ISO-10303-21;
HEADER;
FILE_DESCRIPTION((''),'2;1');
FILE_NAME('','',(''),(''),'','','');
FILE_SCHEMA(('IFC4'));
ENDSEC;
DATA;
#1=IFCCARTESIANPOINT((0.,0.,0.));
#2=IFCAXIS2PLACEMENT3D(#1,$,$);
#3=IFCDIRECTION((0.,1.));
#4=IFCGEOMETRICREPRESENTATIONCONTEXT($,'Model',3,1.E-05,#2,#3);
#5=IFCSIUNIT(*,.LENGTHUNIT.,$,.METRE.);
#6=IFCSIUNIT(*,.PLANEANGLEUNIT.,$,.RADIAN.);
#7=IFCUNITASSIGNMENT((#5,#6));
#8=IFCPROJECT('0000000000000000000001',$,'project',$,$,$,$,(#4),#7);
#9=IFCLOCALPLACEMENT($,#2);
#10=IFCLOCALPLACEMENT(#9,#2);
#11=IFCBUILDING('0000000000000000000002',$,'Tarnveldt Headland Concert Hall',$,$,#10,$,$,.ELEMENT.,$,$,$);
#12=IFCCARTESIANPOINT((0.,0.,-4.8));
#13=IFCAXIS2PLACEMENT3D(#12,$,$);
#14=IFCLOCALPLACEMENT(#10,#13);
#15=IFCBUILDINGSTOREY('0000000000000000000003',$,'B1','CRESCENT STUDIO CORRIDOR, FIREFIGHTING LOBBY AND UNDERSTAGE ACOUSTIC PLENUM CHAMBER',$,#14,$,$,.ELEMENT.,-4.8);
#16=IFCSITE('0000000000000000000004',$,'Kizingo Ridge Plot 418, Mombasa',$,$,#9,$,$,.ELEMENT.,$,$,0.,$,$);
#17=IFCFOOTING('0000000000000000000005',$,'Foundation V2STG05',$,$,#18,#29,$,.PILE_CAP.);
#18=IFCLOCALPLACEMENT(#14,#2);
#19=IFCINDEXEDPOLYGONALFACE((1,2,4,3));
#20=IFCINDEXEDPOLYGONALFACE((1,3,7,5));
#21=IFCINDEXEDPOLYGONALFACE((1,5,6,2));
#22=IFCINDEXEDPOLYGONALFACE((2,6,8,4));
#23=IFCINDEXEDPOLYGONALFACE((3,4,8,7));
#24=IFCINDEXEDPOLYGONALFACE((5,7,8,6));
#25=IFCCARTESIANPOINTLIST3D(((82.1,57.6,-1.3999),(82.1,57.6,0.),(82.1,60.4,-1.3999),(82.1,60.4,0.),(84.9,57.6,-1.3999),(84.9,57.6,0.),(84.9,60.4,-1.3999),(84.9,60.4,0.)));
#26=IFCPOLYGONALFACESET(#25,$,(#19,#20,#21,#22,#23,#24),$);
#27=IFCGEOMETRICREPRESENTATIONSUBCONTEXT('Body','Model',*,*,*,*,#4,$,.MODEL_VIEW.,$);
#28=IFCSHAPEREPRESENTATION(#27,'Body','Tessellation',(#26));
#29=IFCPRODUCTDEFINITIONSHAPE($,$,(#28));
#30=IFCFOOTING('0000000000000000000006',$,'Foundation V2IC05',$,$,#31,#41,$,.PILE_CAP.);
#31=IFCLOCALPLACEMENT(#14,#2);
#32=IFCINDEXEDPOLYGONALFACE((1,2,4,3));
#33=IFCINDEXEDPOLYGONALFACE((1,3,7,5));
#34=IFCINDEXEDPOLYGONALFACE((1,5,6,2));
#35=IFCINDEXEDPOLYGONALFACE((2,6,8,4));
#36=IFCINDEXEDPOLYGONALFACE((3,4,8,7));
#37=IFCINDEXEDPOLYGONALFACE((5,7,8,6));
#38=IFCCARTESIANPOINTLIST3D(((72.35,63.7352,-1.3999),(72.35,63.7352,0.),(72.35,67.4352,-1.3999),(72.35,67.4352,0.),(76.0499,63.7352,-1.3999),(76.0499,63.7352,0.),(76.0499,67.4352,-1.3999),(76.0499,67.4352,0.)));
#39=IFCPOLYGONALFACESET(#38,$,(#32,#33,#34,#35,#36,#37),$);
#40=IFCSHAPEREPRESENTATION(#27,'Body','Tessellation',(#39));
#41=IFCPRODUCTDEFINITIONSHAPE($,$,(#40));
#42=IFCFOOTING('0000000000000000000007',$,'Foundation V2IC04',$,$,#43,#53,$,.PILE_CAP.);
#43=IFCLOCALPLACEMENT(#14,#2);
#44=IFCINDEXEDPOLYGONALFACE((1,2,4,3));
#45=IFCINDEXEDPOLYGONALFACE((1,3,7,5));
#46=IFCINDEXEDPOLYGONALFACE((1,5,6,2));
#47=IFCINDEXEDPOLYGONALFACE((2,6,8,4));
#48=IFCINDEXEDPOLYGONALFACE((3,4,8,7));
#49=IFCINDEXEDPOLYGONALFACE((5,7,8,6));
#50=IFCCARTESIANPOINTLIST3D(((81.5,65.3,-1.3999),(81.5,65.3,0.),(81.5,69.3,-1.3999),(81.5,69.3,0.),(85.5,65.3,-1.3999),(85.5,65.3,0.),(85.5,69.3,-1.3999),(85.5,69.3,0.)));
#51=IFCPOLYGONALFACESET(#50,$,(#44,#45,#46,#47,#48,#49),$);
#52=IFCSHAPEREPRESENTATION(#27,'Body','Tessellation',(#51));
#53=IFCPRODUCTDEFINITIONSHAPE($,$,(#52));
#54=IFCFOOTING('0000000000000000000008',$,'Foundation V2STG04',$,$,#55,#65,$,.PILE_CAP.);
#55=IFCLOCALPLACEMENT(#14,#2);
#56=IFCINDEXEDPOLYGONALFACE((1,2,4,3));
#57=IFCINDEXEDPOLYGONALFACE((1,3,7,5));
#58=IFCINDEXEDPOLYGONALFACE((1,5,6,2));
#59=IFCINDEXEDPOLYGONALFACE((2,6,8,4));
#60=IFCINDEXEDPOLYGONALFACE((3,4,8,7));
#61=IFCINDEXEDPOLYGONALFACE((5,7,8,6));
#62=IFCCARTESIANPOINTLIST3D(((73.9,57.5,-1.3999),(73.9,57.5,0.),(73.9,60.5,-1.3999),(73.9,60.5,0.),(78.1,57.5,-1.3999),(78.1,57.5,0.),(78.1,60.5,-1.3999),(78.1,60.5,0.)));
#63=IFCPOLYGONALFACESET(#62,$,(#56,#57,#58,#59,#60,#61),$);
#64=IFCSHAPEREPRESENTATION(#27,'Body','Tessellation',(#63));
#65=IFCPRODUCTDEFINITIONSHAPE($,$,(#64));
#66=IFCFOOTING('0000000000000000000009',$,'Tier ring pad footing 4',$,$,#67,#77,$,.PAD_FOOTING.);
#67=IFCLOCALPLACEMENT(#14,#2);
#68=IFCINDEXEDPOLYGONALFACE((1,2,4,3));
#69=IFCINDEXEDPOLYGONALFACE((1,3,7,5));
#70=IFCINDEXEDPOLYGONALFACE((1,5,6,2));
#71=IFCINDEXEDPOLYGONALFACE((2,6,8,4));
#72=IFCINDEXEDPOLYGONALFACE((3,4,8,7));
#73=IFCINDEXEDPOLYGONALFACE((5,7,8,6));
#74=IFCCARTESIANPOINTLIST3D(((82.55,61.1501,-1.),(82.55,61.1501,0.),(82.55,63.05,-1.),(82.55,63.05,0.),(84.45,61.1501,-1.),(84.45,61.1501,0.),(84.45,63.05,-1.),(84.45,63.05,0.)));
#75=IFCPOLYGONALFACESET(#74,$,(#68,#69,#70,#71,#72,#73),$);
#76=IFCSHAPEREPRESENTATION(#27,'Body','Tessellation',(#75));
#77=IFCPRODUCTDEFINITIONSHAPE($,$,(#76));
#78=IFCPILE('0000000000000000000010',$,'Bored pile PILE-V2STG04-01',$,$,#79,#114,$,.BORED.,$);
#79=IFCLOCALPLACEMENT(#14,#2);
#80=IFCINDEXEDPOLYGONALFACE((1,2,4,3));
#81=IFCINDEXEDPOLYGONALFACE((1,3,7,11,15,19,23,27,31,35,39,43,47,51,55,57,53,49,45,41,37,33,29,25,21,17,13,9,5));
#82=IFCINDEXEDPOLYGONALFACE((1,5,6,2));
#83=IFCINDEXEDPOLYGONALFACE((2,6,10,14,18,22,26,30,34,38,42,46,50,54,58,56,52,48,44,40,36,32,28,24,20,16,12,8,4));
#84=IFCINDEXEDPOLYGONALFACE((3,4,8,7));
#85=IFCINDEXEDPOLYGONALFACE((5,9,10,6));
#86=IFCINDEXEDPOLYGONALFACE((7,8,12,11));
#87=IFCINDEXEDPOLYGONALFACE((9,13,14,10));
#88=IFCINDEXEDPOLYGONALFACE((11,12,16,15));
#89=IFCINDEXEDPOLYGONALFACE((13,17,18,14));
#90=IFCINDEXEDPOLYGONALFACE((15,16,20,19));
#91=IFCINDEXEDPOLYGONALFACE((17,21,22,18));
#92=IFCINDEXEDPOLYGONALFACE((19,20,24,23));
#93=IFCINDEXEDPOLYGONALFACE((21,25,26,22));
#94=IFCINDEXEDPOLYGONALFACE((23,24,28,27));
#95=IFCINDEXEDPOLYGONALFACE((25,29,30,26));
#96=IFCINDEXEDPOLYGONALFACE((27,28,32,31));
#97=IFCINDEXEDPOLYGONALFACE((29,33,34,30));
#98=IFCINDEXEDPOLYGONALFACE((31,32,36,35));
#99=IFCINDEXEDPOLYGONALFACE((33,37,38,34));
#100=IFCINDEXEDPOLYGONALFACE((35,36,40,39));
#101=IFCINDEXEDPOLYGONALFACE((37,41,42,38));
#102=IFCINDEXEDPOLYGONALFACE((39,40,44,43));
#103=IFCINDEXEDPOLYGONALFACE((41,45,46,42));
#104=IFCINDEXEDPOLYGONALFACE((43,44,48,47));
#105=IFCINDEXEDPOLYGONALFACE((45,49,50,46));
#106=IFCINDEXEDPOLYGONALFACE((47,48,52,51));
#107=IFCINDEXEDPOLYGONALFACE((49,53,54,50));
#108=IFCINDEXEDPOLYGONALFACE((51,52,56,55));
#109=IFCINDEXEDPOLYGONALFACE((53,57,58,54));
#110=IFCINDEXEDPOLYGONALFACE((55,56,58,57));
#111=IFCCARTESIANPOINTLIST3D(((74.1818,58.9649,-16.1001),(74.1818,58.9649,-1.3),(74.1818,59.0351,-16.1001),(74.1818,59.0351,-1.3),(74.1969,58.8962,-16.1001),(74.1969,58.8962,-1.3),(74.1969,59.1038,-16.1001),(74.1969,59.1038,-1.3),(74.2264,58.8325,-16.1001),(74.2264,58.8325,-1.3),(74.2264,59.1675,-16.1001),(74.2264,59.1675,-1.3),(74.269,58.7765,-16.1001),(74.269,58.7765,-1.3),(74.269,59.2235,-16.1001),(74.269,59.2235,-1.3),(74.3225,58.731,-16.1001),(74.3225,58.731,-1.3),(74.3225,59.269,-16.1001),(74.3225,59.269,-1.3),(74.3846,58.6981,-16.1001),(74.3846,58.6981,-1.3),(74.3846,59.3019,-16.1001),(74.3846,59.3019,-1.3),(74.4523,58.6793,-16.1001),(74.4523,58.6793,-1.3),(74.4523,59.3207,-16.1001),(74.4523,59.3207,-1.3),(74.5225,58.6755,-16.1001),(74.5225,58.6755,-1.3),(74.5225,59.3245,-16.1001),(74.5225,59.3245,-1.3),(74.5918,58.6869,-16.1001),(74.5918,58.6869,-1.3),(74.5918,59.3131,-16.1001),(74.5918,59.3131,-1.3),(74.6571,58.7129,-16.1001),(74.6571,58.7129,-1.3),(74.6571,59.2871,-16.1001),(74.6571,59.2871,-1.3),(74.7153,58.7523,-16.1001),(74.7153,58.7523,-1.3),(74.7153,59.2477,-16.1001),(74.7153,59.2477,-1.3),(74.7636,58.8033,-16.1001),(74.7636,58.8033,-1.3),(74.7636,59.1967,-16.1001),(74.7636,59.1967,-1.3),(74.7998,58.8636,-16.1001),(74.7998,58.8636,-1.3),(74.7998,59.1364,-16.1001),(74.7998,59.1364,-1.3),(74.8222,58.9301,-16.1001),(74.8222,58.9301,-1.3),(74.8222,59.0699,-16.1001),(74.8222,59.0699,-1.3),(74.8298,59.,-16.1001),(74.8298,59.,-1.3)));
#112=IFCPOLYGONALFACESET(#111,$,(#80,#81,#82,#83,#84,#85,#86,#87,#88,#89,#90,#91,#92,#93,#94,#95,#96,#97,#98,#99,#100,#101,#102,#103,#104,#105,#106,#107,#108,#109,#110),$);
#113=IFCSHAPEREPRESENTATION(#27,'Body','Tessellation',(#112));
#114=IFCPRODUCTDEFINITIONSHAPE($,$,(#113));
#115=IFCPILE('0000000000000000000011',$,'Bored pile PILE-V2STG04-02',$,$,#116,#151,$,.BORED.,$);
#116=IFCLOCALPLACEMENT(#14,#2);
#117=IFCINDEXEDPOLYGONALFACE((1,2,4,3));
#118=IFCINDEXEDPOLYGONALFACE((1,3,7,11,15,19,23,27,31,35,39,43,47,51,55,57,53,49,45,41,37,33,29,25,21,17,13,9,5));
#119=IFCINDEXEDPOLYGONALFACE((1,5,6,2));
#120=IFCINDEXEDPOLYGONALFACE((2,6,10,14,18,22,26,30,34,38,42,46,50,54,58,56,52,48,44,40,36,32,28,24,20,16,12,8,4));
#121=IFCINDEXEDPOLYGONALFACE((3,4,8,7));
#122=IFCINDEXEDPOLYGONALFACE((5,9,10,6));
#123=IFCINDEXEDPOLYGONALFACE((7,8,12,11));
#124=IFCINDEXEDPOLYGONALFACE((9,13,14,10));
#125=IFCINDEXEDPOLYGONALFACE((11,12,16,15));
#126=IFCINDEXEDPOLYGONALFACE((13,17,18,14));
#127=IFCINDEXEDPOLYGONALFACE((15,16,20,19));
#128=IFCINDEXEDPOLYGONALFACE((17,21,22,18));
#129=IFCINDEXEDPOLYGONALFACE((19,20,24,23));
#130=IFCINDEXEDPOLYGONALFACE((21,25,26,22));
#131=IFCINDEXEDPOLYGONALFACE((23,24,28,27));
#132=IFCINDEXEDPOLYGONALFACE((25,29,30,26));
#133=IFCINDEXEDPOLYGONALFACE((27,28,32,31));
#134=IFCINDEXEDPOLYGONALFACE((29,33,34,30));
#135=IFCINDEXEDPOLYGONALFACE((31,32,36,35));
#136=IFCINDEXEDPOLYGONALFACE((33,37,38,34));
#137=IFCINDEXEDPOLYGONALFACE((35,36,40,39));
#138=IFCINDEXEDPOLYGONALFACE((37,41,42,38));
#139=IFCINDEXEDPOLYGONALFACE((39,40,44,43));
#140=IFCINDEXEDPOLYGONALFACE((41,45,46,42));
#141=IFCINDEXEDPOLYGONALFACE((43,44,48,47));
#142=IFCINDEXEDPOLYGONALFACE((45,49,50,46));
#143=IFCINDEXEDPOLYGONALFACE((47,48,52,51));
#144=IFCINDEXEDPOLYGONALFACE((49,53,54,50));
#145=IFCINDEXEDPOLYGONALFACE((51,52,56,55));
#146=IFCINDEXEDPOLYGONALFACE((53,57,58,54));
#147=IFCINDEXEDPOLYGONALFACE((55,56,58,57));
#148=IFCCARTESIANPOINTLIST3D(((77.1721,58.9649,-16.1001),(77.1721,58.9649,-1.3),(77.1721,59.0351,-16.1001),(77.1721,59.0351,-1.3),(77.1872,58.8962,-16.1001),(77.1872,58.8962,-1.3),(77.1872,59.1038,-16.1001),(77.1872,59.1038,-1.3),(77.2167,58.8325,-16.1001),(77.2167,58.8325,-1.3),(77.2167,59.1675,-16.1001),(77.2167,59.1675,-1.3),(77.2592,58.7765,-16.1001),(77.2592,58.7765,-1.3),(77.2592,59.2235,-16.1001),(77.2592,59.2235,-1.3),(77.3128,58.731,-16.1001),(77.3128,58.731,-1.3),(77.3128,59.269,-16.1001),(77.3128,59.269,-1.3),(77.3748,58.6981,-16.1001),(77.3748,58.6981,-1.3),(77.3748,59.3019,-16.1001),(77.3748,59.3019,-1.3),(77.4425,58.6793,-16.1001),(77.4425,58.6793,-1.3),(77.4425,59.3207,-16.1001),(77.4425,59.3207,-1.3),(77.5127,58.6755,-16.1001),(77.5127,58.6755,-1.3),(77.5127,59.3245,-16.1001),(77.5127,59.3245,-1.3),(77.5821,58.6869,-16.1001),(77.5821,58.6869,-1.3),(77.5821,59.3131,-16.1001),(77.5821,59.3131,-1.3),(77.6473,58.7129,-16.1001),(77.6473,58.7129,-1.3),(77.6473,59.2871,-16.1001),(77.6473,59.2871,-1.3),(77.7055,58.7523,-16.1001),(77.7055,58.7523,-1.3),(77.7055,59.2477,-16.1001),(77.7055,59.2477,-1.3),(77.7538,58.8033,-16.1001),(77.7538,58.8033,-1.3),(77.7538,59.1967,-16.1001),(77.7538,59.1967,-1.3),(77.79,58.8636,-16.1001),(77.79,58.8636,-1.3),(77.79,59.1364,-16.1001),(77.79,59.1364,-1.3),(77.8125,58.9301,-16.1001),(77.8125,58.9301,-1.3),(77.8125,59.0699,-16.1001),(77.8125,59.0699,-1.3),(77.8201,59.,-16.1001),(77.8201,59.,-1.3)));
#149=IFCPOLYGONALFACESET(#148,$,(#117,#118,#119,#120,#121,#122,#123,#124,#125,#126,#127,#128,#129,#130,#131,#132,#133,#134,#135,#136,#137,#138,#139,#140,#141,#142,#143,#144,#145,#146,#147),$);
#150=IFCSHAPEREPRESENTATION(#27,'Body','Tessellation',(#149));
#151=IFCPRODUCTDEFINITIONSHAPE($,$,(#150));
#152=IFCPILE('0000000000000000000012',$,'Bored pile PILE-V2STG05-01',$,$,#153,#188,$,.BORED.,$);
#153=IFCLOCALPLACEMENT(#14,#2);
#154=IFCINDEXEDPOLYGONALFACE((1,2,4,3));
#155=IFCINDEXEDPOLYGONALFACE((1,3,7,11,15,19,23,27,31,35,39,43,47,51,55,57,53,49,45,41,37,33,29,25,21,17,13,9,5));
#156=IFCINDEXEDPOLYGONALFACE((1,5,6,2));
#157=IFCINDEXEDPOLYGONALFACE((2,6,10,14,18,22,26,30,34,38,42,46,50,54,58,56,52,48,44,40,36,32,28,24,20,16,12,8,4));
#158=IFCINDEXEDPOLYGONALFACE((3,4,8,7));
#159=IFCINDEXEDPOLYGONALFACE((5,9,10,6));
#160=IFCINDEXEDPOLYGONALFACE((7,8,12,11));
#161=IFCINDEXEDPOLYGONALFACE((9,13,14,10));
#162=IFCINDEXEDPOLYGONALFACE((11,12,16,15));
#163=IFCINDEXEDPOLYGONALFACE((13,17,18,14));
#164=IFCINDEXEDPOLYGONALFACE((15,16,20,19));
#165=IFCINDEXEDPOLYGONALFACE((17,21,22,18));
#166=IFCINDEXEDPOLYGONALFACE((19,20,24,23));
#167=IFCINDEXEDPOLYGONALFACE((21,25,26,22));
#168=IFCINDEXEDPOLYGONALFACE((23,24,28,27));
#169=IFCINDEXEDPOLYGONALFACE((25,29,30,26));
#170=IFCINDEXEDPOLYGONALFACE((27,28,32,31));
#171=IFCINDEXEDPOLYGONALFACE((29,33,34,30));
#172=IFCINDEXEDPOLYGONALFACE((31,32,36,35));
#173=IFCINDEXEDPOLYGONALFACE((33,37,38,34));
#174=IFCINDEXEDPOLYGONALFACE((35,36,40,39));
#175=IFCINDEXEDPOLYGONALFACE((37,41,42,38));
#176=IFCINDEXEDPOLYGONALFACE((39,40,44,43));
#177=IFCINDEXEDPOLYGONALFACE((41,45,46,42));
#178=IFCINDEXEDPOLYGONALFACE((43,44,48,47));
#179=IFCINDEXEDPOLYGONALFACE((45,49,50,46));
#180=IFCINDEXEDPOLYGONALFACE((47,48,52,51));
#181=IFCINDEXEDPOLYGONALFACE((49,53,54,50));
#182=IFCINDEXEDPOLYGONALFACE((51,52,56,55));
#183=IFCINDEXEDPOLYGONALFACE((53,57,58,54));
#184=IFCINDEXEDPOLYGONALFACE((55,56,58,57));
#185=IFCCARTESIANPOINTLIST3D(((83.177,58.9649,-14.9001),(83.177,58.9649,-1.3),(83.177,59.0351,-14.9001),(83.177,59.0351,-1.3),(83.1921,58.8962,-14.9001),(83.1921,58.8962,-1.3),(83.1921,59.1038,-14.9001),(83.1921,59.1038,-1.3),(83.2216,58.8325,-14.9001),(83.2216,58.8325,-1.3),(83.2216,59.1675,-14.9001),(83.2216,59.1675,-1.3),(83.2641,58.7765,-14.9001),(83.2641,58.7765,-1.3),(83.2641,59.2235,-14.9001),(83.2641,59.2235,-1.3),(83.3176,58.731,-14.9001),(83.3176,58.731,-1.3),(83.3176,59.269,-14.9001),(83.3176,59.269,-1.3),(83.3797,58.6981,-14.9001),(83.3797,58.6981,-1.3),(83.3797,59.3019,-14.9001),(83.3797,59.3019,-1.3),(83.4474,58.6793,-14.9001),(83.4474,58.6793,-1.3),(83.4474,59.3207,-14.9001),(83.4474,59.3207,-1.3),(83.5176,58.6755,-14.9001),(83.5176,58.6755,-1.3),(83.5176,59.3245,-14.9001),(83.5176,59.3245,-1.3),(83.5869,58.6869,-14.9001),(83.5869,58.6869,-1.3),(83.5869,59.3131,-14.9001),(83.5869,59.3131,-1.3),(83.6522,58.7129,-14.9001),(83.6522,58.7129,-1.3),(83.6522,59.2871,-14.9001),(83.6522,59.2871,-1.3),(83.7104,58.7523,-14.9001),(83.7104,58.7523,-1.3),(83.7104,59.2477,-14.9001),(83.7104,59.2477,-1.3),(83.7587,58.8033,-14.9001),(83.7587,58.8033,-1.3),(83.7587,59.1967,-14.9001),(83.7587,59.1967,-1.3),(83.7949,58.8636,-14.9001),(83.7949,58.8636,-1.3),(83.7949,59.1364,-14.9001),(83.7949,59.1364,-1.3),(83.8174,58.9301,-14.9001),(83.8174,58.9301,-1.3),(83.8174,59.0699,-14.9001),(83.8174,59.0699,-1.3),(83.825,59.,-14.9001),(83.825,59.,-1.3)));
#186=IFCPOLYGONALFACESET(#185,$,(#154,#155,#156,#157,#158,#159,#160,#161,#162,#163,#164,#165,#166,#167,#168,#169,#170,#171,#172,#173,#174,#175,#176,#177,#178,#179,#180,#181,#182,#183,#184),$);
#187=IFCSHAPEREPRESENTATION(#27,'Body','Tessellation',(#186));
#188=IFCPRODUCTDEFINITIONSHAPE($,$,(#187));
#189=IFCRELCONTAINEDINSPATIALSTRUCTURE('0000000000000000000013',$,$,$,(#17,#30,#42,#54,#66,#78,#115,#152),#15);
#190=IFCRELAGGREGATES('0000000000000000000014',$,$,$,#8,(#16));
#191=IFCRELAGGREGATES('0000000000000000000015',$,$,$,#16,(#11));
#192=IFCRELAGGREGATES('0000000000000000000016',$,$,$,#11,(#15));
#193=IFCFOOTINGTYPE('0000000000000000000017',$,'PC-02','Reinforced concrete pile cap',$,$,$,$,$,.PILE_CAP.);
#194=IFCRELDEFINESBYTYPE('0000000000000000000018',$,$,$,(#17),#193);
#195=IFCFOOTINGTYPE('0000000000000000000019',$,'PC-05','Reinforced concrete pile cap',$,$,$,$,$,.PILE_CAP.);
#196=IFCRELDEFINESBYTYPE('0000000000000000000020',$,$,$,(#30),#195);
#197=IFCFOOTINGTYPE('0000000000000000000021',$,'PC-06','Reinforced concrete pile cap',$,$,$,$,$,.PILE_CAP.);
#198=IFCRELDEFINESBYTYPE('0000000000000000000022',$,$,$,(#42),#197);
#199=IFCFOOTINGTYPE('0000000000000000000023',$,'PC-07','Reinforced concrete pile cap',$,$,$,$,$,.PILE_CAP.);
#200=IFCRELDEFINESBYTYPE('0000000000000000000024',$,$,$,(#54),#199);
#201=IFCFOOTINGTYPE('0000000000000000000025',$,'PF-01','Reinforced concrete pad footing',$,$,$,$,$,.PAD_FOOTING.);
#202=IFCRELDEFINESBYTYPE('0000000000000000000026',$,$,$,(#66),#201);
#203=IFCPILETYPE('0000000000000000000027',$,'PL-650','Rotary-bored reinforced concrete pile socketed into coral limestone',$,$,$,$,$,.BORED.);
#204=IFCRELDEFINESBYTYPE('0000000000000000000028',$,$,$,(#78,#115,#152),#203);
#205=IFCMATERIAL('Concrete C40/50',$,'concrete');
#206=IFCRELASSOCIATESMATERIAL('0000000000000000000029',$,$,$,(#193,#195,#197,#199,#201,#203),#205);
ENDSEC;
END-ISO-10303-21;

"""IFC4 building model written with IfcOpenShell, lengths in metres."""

from ifc_helpers import new_model, si_unit, direction, frame, origin, origin_2d, place, context, subcontext, project, spatial, rectangle, circle, extrude, material, material_profile, profile_set, type_object, element, save


model = new_model("IFC4")

# Units and contexts
model_context = context("Model", 3, precision=1e-05, world=origin(), true_north=direction((0.0, 1.0)))
body_context = subcontext(model_context, "Body", "Model", "MODEL_VIEW")
ifc_project = project(units=[si_unit("LENGTHUNIT", "METRE"), si_unit("PLANEANGLEUNIT", "RADIAN")], contexts=[model_context])

# Site, building, storey
site_placement = place(None, origin())
site = spatial("IfcSite", under=ifc_project, at=site_placement, Name="Kizingo Ridge Plot 418, Mombasa", CompositionType="ELEMENT", RefElevation=0.0)
building_placement = place(site_placement, origin())
building = spatial("IfcBuilding", under=site, at=building_placement, Name="Tarnveldt Headland Concert Hall", CompositionType="ELEMENT")
storey_placement = place(building_placement, frame((0.0, 0.0, -4.8)))
storey = spatial("IfcBuildingStorey", under=building, at=storey_placement, Name="B1", Description="CRESCENT STUDIO CORRIDOR, FIREFIGHTING LOBBY AND UNDERSTAGE ACOUSTIC PLENUM CHAMBER", CompositionType="ELEMENT", Elevation=-4.8)

# Footings
ifc_material_1 = material(Name="Concrete C40/50", Category="concrete")
footing_type_1 = type_object("IfcFootingType", Name="PC-02", Description="Reinforced concrete pile cap", PredefinedType="PILE_CAP", material=ifc_material_1)
footing_1_placement = place(storey_placement, frame((83.5, 59.0, -1.3999), z_axis=(0.0, 0.0, 1.0), x_axis=(1.0, 0.0, 0.0)))
element("IfcFooting", 1, at=footing_1_placement, inside=storey, type_object=footing_type_1, Name="Foundation V2STG05", PredefinedType="PILE_CAP", context=body_context, shape_type="SweptSolid", body=[
    extrude(rectangle(XDim=2.8, YDim=2.8, at=origin_2d()), origin(), (0.0, 0.0, 1.0), 1.3999),
])
footing_type_2 = type_object("IfcFootingType", Name="PC-05", Description="Reinforced concrete pile cap", PredefinedType="PILE_CAP", material=ifc_material_1)
footing_2_placement = place(storey_placement, frame((74.2, 65.5852, -1.3999), z_axis=(0.0, 0.0, 1.0), x_axis=(1.0, 0.0, 0.0)))
element("IfcFooting", 2, at=footing_2_placement, inside=storey, type_object=footing_type_2, Name="Foundation V2IC05", PredefinedType="PILE_CAP", context=body_context, shape_type="SweptSolid", body=[
    extrude(rectangle(XDim=3.7, YDim=3.7, at=origin_2d()), origin(), (0.0, 0.0, 1.0), 1.3999),
])
footing_type_3 = type_object("IfcFootingType", Name="PC-06", Description="Reinforced concrete pile cap", PredefinedType="PILE_CAP", material=ifc_material_1)
footing_3_placement = place(storey_placement, frame((83.5, 67.3, -1.3999), z_axis=(0.0, 0.0, 1.0), x_axis=(1.0, 0.0, 0.0)))
element("IfcFooting", 3, at=footing_3_placement, inside=storey, type_object=footing_type_3, Name="Foundation V2IC04", PredefinedType="PILE_CAP", context=body_context, shape_type="SweptSolid", body=[
    extrude(rectangle(XDim=4.0, YDim=4.0, at=origin_2d()), origin(), (0.0, 0.0, 1.0), 1.3999),
])
footing_type_4 = type_object("IfcFootingType", Name="PC-07", Description="Reinforced concrete pile cap", PredefinedType="PILE_CAP", material=ifc_material_1)
footing_4_placement = place(storey_placement, frame((76.0, 59.0, -1.3999), z_axis=(0.0, 0.0, 1.0), x_axis=(1.0, 0.0, 0.0)))
element("IfcFooting", 4, at=footing_4_placement, inside=storey, type_object=footing_type_4, Name="Foundation V2STG04", PredefinedType="PILE_CAP", context=body_context, shape_type="SweptSolid", body=[
    extrude(rectangle(XDim=4.2, YDim=3.0, at=origin_2d()), origin(), (0.0, 0.0, 1.0), 1.3999),
])
footing_type_5 = type_object("IfcFootingType", Name="PF-01", Description="Reinforced concrete pad footing", PredefinedType="PAD_FOOTING", material=ifc_material_1)
footing_5_placement = place(storey_placement, frame((83.5, 62.1001, -1.0), z_axis=(0.0, 0.0, 1.0), x_axis=(1.0, 0.0, 0.0)))
element("IfcFooting", 5, at=footing_5_placement, inside=storey, type_object=footing_type_5, Name="Tier ring pad footing 4", PredefinedType="PAD_FOOTING", context=body_context, shape_type="SweptSolid", body=[
    extrude(rectangle(XDim=1.8999, YDim=1.8999, at=origin_2d()), origin(), (0.0, 0.0, 1.0), 1.0),
])

# Piles
ifc_material_profile_1 = material_profile(ifc_material_1, circle(Radius=0.325, at=origin_2d()), Name="BORED PILE D650", Category="concrete")
ifc_profile_set_1 = profile_set([ifc_material_profile_1], Name="Concrete C40/50")
pile_type_1 = type_object("IfcPileType", Name="PL-650", Description="Rotary-bored reinforced concrete pile socketed into coral limestone", PredefinedType="BORED", material=ifc_profile_set_1)
for number, where, z_axis, x_axis, name in (
    (6, (74.5049, 59.0, -1.3), (0.0, 0.0, -1.0), (1.0, 0.0, 0.0), "Bored pile PILE-V2STG04-01"),
    (7, (77.4951, 59.0, -1.3), (0.0, 0.0, -1.0), (1.0, 0.0, 0.0), "Bored pile PILE-V2STG04-02"),
):
    element("IfcPile", number, at=place(storey_placement, frame(where, z_axis=z_axis, x_axis=x_axis)), inside=storey, type_object=pile_type_1, Name=name, PredefinedType="BORED", context=body_context, shape_type="SweptSolid", body=[
        extrude(circle(Radius=0.325, at=origin_2d()), origin(), (0.0, 0.0, 1.0), 14.8),
    ])
pile_1_placement = place(storey_placement, frame((83.5, 59.0, -1.3), z_axis=(0.0, 0.0, -1.0), x_axis=(1.0, 0.0, 0.0)))
element("IfcPile", 8, at=pile_1_placement, inside=storey, type_object=pile_type_1, Name="Bored pile PILE-V2STG05-01", PredefinedType="BORED", context=body_context, shape_type="SweptSolid", body=[
    extrude(circle(Radius=0.325, at=origin_2d()), origin(), (0.0, 0.0, 1.0), 13.6001),
])

save(model, "model.ifc")
